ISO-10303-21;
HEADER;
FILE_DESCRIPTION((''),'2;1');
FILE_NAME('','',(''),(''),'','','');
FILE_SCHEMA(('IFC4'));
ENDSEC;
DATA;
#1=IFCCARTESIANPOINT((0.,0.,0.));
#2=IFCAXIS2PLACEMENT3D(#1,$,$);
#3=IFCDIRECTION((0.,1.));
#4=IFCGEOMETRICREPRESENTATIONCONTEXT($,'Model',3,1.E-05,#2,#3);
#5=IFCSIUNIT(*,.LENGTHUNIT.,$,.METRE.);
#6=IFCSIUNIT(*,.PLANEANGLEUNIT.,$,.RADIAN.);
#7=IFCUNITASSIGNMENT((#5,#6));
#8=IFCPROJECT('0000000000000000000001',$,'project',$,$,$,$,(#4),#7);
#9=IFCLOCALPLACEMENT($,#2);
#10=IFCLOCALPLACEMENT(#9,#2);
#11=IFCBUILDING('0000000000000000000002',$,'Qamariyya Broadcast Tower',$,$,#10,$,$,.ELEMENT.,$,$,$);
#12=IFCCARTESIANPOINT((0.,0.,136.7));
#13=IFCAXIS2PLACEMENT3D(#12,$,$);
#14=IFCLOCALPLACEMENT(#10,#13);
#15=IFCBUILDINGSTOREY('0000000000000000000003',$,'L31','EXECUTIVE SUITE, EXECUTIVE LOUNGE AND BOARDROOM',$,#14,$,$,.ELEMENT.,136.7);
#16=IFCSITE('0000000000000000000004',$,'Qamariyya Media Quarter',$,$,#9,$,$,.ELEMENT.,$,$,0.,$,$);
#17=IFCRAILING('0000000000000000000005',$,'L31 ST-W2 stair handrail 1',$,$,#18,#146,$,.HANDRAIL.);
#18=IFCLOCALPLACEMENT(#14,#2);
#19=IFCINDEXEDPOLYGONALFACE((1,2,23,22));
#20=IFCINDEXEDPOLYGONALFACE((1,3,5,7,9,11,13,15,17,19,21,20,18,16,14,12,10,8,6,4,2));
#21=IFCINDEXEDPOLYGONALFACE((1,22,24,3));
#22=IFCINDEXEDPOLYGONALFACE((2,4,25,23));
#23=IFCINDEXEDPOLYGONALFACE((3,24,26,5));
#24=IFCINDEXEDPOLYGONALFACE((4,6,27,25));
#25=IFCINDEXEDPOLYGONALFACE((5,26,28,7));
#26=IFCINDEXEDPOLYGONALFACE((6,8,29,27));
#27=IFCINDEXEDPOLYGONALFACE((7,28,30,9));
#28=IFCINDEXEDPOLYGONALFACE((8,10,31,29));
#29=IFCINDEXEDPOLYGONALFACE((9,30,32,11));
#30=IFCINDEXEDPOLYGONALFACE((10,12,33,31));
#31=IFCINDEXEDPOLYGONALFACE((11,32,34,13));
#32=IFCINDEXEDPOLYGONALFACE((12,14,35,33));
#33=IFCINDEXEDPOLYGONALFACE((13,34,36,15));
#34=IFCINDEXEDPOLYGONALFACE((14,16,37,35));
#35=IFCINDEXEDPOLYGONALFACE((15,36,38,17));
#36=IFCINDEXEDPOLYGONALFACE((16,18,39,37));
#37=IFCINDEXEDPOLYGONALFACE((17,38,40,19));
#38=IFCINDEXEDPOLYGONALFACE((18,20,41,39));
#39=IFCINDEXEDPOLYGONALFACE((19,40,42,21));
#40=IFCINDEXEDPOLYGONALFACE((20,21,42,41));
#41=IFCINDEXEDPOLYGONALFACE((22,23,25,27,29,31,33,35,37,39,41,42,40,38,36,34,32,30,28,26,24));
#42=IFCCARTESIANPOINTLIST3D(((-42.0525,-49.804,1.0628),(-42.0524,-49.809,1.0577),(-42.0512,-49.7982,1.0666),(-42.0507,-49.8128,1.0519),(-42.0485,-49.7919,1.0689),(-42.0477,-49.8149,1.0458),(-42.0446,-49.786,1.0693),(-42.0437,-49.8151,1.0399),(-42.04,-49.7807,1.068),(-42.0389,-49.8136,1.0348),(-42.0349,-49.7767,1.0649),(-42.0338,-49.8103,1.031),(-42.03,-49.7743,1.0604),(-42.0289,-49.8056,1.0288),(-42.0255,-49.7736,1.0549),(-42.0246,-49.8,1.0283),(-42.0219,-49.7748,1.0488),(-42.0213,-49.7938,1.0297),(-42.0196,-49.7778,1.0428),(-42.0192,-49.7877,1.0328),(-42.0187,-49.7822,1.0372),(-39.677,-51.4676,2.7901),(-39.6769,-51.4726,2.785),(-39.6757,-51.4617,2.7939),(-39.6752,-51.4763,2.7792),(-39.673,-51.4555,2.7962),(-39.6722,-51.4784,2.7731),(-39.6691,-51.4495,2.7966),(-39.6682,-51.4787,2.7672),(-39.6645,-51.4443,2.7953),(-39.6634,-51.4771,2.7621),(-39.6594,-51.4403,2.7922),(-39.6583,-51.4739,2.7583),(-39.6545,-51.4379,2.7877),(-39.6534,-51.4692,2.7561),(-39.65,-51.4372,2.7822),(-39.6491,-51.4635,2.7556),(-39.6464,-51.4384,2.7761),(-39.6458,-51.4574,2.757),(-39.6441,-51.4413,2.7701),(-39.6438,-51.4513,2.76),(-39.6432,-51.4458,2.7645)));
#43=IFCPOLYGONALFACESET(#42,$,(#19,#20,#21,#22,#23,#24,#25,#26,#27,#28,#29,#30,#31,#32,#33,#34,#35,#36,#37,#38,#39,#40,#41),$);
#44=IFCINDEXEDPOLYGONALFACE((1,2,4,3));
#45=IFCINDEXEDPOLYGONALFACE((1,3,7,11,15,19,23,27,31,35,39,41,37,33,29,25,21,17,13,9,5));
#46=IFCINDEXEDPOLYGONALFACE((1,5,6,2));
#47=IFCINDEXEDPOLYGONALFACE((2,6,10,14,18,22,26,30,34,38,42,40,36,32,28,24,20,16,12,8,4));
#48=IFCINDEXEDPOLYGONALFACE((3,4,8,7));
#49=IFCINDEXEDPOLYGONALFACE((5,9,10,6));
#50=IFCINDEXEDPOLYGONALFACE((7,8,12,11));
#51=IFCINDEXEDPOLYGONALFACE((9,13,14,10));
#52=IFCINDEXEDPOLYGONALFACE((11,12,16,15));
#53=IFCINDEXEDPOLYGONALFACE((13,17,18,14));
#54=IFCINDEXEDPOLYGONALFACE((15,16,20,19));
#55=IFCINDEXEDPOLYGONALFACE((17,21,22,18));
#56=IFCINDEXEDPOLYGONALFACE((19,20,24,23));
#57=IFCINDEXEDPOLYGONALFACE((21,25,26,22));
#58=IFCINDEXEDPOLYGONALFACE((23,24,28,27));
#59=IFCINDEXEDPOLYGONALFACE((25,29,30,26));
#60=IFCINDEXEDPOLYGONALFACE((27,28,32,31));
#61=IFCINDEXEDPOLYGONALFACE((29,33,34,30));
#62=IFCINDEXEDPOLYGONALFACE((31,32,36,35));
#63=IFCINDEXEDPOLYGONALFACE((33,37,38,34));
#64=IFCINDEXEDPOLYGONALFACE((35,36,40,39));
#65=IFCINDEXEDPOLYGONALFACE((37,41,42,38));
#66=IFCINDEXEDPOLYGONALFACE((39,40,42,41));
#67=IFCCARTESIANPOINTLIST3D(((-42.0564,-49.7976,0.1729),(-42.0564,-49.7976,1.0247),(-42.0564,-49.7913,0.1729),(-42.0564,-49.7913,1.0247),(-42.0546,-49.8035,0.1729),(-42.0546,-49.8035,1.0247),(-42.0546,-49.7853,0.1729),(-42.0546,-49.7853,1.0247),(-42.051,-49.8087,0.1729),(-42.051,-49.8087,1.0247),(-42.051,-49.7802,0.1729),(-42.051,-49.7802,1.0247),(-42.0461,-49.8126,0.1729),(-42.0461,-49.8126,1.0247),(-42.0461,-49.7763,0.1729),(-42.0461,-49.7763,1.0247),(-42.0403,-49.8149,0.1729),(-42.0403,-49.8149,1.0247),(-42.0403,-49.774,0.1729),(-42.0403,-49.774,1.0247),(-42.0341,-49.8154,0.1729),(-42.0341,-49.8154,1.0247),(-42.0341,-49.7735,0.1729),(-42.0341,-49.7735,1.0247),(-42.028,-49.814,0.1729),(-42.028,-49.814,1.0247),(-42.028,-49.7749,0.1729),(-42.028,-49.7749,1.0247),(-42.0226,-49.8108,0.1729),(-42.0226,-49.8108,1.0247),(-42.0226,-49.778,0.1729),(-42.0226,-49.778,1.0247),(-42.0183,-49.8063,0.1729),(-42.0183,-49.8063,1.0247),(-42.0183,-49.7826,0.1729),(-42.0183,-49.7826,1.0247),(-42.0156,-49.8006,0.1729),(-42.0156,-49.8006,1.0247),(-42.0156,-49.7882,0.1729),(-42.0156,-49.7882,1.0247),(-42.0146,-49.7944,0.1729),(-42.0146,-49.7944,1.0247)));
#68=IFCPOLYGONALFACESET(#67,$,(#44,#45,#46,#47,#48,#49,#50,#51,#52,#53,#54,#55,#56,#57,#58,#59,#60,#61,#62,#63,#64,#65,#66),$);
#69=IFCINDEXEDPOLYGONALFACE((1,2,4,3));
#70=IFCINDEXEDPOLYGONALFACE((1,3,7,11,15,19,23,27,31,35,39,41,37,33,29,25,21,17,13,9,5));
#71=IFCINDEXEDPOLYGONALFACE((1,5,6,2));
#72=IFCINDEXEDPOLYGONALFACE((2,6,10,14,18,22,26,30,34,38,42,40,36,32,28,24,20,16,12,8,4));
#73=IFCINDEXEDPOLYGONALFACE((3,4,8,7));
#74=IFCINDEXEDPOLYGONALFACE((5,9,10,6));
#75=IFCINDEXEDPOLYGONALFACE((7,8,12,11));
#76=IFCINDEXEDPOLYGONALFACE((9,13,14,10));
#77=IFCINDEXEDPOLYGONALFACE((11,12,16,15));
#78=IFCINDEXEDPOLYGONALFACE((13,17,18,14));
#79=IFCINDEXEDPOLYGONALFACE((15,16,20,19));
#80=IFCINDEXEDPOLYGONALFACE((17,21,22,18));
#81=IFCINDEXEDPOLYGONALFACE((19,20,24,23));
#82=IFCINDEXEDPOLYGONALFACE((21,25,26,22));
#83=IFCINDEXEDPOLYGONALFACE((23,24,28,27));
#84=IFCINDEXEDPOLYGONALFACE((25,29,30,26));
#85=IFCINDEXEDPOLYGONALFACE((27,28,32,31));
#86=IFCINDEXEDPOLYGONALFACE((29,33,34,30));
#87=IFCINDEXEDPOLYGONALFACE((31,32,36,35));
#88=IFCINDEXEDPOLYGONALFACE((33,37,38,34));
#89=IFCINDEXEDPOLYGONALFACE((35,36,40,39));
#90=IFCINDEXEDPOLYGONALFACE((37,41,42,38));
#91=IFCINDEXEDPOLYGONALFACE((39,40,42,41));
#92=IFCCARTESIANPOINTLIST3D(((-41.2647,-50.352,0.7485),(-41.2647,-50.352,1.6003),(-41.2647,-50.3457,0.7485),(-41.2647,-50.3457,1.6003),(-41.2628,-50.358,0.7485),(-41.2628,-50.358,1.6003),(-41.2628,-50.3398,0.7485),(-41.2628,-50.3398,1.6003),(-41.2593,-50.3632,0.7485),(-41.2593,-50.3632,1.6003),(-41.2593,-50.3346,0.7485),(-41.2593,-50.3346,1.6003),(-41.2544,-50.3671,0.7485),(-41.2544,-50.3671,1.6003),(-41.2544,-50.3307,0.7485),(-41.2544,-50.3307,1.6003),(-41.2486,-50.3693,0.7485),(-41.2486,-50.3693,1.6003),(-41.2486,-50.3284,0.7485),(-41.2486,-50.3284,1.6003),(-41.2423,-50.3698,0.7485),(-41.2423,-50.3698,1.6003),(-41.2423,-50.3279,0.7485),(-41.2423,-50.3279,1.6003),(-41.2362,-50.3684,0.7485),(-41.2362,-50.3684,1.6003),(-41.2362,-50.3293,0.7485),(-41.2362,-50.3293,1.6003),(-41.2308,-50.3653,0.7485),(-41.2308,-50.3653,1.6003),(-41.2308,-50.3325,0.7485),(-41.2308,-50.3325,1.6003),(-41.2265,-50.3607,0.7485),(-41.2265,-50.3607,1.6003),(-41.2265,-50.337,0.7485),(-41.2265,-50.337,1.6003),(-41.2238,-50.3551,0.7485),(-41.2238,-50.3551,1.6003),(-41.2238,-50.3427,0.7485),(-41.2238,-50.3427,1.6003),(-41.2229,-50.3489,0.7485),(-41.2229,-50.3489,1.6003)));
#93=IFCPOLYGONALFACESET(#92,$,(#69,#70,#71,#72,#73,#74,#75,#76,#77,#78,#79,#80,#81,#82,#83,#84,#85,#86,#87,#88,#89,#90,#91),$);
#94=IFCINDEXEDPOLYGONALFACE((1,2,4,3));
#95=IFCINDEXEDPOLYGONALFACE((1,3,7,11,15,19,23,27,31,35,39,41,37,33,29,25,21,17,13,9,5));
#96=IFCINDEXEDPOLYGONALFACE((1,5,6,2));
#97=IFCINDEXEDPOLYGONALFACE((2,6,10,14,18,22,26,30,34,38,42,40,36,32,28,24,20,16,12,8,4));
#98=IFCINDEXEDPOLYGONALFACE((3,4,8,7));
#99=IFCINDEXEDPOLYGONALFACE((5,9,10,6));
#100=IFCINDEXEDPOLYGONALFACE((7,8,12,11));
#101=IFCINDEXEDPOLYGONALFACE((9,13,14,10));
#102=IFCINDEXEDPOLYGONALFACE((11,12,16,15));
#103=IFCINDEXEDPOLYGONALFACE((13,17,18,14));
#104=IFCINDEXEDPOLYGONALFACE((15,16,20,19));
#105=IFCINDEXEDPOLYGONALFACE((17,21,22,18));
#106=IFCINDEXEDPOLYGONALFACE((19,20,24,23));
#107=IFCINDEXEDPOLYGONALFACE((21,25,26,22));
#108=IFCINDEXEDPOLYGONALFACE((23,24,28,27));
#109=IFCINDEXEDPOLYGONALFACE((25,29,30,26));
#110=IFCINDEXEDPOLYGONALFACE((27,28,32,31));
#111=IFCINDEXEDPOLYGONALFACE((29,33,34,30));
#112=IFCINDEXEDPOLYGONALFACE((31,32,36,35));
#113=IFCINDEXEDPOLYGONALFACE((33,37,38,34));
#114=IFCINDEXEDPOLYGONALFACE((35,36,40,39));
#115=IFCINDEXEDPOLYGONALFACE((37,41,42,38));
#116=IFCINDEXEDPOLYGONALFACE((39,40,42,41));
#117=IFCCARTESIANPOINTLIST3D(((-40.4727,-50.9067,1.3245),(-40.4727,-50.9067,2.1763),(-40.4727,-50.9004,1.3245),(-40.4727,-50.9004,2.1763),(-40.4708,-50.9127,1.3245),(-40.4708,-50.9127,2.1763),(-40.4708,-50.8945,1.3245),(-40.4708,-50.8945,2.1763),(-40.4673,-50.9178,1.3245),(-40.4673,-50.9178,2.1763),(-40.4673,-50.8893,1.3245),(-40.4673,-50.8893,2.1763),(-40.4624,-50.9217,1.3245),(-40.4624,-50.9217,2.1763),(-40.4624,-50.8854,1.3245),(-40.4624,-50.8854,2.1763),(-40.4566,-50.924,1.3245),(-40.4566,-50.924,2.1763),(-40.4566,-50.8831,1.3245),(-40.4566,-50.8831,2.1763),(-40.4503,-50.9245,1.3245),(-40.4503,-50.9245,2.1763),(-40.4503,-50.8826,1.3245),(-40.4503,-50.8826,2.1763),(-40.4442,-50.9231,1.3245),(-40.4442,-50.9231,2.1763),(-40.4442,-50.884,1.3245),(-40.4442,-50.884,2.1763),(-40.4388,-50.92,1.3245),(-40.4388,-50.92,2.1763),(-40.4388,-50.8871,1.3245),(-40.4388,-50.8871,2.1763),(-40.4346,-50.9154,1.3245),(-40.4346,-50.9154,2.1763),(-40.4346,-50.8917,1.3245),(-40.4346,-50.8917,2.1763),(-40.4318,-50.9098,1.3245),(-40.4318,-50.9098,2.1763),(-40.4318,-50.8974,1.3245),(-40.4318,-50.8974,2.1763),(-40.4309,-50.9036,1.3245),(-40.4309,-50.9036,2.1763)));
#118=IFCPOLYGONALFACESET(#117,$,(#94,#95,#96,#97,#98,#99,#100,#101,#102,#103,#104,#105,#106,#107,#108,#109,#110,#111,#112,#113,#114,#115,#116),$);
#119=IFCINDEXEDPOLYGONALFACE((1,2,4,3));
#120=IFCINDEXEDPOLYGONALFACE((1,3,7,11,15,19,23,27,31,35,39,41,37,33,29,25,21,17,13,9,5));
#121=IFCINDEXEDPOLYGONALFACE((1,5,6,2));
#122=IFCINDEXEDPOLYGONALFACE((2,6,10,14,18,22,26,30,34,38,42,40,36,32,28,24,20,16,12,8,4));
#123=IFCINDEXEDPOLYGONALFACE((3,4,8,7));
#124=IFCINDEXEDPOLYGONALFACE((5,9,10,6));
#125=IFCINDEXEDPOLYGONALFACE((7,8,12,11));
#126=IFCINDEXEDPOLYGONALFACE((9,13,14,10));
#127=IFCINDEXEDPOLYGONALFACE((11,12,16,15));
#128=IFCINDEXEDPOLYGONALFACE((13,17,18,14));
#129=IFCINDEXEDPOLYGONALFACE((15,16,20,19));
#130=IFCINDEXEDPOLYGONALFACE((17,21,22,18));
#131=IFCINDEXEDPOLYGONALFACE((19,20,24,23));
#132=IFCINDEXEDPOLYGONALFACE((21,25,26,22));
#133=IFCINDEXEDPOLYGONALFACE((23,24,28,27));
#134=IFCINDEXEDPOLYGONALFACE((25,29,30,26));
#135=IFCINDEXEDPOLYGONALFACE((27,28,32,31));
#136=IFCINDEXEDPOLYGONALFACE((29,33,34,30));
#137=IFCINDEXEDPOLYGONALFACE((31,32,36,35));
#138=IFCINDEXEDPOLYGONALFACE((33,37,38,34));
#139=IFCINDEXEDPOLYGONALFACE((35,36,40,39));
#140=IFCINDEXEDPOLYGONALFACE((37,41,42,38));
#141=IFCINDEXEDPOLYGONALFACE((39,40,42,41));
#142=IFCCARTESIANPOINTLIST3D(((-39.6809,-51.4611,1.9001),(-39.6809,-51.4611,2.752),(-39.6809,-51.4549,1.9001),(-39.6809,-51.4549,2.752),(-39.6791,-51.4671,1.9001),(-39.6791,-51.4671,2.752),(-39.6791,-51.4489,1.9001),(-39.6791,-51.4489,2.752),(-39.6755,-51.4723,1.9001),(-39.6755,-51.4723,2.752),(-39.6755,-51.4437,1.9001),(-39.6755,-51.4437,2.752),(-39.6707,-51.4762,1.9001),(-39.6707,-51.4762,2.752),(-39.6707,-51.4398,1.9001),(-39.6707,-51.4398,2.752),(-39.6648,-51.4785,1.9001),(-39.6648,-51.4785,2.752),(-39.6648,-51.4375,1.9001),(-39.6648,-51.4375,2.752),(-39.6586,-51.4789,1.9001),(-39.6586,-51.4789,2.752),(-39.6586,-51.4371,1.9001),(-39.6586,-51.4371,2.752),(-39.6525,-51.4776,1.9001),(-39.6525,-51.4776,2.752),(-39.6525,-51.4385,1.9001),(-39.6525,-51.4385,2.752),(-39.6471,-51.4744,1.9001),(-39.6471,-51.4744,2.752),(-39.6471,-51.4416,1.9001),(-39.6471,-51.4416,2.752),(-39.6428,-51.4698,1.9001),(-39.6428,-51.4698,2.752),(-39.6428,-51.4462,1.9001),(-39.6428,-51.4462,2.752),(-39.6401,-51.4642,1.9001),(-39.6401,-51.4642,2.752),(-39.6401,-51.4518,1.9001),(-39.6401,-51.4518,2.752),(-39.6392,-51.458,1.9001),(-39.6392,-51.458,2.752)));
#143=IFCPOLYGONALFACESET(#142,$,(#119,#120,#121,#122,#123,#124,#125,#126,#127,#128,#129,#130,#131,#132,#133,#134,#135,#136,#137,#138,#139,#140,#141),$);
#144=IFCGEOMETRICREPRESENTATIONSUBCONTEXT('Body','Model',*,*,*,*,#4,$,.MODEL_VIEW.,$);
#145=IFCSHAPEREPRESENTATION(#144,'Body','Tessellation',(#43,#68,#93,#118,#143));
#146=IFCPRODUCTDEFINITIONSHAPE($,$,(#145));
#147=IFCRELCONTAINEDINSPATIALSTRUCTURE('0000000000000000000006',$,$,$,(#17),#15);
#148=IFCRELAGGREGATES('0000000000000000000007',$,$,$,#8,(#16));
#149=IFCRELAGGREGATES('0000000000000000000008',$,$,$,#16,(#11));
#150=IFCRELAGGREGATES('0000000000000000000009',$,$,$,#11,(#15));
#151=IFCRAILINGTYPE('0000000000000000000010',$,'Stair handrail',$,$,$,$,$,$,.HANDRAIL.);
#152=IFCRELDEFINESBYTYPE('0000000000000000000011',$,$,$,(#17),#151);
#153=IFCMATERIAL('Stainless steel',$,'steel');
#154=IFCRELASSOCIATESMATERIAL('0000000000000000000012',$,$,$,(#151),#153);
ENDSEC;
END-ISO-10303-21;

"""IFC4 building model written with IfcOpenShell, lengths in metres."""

from ifc_helpers import new_model, si_unit, direction, frame, origin, origin_2d, place, context, subcontext, project, spatial, circle, extrude, material, type_object, element, save


model = new_model("IFC4")

# Units and contexts
model_context = context("Model", 3, precision=1e-05, world=origin(), true_north=direction((0.0, 1.0)))
body_context = subcontext(model_context, "Body", "Model", "MODEL_VIEW")
ifc_project = project(units=[si_unit("LENGTHUNIT", "METRE"), si_unit("PLANEANGLEUNIT", "RADIAN")], contexts=[model_context])

# Site, building, storey
site_placement = place(None, origin())
site = spatial("IfcSite", under=ifc_project, at=site_placement, Name="Qamariyya Media Quarter", CompositionType="ELEMENT", RefElevation=0.0)
building_placement = place(site_placement, origin())
building = spatial("IfcBuilding", under=site, at=building_placement, Name="Qamariyya Broadcast Tower", CompositionType="ELEMENT")
storey_placement = place(building_placement, frame((0.0, 0.0, 136.7)))
storey = spatial("IfcBuildingStorey", under=building, at=storey_placement, Name="L31", Description="EXECUTIVE SUITE, EXECUTIVE LOUNGE AND BOARDROOM", CompositionType="ELEMENT", Elevation=136.7)

# Railing
ifc_material_1 = material(Name="Stainless steel", Category="steel")
railing_type_1 = type_object("IfcRailingType", Name="Stair handrail", PredefinedType="HANDRAIL", material=ifc_material_1)
railing_1_placement = place(storey_placement, frame((-42.0356, -49.7944, 0.1729)))
element("IfcRailing", 1, at=railing_1_placement, inside=storey, type_object=railing_type_1, Name="L31 ST-W2 stair handrail 1", PredefinedType="HANDRAIL", context=body_context, shape_type="SweptSolid", body=[
    extrude(circle(Radius=0.0239, at=origin_2d()), frame((0.0, 0.0, 0.876), z_axis=(0.703745, -0.492838, 0.511716), x_axis=(0.573632, 0.819113, 0.0)), (0.0, 0.0, 1.0), 3.3755),
    extrude(circle(Radius=0.021, at=origin_2d()), origin(), (0.0, 0.0, 1.0), 0.8518),
    extrude(circle(Radius=0.021, at=origin_2d()), frame((0.7917, -0.5544, 0.5757)), (0.0, 0.0, 1.0), 0.8518),
    extrude(circle(Radius=0.021, at=origin_2d()), frame((1.5837, -1.1091, 1.1516)), (0.0, 0.0, 1.0), 0.8518),
    extrude(circle(Radius=0.021, at=origin_2d()), frame((2.3755, -1.6636, 1.7273)), (0.0, 0.0, 1.0), 0.8518),
])

save(model, "model.ifc")
